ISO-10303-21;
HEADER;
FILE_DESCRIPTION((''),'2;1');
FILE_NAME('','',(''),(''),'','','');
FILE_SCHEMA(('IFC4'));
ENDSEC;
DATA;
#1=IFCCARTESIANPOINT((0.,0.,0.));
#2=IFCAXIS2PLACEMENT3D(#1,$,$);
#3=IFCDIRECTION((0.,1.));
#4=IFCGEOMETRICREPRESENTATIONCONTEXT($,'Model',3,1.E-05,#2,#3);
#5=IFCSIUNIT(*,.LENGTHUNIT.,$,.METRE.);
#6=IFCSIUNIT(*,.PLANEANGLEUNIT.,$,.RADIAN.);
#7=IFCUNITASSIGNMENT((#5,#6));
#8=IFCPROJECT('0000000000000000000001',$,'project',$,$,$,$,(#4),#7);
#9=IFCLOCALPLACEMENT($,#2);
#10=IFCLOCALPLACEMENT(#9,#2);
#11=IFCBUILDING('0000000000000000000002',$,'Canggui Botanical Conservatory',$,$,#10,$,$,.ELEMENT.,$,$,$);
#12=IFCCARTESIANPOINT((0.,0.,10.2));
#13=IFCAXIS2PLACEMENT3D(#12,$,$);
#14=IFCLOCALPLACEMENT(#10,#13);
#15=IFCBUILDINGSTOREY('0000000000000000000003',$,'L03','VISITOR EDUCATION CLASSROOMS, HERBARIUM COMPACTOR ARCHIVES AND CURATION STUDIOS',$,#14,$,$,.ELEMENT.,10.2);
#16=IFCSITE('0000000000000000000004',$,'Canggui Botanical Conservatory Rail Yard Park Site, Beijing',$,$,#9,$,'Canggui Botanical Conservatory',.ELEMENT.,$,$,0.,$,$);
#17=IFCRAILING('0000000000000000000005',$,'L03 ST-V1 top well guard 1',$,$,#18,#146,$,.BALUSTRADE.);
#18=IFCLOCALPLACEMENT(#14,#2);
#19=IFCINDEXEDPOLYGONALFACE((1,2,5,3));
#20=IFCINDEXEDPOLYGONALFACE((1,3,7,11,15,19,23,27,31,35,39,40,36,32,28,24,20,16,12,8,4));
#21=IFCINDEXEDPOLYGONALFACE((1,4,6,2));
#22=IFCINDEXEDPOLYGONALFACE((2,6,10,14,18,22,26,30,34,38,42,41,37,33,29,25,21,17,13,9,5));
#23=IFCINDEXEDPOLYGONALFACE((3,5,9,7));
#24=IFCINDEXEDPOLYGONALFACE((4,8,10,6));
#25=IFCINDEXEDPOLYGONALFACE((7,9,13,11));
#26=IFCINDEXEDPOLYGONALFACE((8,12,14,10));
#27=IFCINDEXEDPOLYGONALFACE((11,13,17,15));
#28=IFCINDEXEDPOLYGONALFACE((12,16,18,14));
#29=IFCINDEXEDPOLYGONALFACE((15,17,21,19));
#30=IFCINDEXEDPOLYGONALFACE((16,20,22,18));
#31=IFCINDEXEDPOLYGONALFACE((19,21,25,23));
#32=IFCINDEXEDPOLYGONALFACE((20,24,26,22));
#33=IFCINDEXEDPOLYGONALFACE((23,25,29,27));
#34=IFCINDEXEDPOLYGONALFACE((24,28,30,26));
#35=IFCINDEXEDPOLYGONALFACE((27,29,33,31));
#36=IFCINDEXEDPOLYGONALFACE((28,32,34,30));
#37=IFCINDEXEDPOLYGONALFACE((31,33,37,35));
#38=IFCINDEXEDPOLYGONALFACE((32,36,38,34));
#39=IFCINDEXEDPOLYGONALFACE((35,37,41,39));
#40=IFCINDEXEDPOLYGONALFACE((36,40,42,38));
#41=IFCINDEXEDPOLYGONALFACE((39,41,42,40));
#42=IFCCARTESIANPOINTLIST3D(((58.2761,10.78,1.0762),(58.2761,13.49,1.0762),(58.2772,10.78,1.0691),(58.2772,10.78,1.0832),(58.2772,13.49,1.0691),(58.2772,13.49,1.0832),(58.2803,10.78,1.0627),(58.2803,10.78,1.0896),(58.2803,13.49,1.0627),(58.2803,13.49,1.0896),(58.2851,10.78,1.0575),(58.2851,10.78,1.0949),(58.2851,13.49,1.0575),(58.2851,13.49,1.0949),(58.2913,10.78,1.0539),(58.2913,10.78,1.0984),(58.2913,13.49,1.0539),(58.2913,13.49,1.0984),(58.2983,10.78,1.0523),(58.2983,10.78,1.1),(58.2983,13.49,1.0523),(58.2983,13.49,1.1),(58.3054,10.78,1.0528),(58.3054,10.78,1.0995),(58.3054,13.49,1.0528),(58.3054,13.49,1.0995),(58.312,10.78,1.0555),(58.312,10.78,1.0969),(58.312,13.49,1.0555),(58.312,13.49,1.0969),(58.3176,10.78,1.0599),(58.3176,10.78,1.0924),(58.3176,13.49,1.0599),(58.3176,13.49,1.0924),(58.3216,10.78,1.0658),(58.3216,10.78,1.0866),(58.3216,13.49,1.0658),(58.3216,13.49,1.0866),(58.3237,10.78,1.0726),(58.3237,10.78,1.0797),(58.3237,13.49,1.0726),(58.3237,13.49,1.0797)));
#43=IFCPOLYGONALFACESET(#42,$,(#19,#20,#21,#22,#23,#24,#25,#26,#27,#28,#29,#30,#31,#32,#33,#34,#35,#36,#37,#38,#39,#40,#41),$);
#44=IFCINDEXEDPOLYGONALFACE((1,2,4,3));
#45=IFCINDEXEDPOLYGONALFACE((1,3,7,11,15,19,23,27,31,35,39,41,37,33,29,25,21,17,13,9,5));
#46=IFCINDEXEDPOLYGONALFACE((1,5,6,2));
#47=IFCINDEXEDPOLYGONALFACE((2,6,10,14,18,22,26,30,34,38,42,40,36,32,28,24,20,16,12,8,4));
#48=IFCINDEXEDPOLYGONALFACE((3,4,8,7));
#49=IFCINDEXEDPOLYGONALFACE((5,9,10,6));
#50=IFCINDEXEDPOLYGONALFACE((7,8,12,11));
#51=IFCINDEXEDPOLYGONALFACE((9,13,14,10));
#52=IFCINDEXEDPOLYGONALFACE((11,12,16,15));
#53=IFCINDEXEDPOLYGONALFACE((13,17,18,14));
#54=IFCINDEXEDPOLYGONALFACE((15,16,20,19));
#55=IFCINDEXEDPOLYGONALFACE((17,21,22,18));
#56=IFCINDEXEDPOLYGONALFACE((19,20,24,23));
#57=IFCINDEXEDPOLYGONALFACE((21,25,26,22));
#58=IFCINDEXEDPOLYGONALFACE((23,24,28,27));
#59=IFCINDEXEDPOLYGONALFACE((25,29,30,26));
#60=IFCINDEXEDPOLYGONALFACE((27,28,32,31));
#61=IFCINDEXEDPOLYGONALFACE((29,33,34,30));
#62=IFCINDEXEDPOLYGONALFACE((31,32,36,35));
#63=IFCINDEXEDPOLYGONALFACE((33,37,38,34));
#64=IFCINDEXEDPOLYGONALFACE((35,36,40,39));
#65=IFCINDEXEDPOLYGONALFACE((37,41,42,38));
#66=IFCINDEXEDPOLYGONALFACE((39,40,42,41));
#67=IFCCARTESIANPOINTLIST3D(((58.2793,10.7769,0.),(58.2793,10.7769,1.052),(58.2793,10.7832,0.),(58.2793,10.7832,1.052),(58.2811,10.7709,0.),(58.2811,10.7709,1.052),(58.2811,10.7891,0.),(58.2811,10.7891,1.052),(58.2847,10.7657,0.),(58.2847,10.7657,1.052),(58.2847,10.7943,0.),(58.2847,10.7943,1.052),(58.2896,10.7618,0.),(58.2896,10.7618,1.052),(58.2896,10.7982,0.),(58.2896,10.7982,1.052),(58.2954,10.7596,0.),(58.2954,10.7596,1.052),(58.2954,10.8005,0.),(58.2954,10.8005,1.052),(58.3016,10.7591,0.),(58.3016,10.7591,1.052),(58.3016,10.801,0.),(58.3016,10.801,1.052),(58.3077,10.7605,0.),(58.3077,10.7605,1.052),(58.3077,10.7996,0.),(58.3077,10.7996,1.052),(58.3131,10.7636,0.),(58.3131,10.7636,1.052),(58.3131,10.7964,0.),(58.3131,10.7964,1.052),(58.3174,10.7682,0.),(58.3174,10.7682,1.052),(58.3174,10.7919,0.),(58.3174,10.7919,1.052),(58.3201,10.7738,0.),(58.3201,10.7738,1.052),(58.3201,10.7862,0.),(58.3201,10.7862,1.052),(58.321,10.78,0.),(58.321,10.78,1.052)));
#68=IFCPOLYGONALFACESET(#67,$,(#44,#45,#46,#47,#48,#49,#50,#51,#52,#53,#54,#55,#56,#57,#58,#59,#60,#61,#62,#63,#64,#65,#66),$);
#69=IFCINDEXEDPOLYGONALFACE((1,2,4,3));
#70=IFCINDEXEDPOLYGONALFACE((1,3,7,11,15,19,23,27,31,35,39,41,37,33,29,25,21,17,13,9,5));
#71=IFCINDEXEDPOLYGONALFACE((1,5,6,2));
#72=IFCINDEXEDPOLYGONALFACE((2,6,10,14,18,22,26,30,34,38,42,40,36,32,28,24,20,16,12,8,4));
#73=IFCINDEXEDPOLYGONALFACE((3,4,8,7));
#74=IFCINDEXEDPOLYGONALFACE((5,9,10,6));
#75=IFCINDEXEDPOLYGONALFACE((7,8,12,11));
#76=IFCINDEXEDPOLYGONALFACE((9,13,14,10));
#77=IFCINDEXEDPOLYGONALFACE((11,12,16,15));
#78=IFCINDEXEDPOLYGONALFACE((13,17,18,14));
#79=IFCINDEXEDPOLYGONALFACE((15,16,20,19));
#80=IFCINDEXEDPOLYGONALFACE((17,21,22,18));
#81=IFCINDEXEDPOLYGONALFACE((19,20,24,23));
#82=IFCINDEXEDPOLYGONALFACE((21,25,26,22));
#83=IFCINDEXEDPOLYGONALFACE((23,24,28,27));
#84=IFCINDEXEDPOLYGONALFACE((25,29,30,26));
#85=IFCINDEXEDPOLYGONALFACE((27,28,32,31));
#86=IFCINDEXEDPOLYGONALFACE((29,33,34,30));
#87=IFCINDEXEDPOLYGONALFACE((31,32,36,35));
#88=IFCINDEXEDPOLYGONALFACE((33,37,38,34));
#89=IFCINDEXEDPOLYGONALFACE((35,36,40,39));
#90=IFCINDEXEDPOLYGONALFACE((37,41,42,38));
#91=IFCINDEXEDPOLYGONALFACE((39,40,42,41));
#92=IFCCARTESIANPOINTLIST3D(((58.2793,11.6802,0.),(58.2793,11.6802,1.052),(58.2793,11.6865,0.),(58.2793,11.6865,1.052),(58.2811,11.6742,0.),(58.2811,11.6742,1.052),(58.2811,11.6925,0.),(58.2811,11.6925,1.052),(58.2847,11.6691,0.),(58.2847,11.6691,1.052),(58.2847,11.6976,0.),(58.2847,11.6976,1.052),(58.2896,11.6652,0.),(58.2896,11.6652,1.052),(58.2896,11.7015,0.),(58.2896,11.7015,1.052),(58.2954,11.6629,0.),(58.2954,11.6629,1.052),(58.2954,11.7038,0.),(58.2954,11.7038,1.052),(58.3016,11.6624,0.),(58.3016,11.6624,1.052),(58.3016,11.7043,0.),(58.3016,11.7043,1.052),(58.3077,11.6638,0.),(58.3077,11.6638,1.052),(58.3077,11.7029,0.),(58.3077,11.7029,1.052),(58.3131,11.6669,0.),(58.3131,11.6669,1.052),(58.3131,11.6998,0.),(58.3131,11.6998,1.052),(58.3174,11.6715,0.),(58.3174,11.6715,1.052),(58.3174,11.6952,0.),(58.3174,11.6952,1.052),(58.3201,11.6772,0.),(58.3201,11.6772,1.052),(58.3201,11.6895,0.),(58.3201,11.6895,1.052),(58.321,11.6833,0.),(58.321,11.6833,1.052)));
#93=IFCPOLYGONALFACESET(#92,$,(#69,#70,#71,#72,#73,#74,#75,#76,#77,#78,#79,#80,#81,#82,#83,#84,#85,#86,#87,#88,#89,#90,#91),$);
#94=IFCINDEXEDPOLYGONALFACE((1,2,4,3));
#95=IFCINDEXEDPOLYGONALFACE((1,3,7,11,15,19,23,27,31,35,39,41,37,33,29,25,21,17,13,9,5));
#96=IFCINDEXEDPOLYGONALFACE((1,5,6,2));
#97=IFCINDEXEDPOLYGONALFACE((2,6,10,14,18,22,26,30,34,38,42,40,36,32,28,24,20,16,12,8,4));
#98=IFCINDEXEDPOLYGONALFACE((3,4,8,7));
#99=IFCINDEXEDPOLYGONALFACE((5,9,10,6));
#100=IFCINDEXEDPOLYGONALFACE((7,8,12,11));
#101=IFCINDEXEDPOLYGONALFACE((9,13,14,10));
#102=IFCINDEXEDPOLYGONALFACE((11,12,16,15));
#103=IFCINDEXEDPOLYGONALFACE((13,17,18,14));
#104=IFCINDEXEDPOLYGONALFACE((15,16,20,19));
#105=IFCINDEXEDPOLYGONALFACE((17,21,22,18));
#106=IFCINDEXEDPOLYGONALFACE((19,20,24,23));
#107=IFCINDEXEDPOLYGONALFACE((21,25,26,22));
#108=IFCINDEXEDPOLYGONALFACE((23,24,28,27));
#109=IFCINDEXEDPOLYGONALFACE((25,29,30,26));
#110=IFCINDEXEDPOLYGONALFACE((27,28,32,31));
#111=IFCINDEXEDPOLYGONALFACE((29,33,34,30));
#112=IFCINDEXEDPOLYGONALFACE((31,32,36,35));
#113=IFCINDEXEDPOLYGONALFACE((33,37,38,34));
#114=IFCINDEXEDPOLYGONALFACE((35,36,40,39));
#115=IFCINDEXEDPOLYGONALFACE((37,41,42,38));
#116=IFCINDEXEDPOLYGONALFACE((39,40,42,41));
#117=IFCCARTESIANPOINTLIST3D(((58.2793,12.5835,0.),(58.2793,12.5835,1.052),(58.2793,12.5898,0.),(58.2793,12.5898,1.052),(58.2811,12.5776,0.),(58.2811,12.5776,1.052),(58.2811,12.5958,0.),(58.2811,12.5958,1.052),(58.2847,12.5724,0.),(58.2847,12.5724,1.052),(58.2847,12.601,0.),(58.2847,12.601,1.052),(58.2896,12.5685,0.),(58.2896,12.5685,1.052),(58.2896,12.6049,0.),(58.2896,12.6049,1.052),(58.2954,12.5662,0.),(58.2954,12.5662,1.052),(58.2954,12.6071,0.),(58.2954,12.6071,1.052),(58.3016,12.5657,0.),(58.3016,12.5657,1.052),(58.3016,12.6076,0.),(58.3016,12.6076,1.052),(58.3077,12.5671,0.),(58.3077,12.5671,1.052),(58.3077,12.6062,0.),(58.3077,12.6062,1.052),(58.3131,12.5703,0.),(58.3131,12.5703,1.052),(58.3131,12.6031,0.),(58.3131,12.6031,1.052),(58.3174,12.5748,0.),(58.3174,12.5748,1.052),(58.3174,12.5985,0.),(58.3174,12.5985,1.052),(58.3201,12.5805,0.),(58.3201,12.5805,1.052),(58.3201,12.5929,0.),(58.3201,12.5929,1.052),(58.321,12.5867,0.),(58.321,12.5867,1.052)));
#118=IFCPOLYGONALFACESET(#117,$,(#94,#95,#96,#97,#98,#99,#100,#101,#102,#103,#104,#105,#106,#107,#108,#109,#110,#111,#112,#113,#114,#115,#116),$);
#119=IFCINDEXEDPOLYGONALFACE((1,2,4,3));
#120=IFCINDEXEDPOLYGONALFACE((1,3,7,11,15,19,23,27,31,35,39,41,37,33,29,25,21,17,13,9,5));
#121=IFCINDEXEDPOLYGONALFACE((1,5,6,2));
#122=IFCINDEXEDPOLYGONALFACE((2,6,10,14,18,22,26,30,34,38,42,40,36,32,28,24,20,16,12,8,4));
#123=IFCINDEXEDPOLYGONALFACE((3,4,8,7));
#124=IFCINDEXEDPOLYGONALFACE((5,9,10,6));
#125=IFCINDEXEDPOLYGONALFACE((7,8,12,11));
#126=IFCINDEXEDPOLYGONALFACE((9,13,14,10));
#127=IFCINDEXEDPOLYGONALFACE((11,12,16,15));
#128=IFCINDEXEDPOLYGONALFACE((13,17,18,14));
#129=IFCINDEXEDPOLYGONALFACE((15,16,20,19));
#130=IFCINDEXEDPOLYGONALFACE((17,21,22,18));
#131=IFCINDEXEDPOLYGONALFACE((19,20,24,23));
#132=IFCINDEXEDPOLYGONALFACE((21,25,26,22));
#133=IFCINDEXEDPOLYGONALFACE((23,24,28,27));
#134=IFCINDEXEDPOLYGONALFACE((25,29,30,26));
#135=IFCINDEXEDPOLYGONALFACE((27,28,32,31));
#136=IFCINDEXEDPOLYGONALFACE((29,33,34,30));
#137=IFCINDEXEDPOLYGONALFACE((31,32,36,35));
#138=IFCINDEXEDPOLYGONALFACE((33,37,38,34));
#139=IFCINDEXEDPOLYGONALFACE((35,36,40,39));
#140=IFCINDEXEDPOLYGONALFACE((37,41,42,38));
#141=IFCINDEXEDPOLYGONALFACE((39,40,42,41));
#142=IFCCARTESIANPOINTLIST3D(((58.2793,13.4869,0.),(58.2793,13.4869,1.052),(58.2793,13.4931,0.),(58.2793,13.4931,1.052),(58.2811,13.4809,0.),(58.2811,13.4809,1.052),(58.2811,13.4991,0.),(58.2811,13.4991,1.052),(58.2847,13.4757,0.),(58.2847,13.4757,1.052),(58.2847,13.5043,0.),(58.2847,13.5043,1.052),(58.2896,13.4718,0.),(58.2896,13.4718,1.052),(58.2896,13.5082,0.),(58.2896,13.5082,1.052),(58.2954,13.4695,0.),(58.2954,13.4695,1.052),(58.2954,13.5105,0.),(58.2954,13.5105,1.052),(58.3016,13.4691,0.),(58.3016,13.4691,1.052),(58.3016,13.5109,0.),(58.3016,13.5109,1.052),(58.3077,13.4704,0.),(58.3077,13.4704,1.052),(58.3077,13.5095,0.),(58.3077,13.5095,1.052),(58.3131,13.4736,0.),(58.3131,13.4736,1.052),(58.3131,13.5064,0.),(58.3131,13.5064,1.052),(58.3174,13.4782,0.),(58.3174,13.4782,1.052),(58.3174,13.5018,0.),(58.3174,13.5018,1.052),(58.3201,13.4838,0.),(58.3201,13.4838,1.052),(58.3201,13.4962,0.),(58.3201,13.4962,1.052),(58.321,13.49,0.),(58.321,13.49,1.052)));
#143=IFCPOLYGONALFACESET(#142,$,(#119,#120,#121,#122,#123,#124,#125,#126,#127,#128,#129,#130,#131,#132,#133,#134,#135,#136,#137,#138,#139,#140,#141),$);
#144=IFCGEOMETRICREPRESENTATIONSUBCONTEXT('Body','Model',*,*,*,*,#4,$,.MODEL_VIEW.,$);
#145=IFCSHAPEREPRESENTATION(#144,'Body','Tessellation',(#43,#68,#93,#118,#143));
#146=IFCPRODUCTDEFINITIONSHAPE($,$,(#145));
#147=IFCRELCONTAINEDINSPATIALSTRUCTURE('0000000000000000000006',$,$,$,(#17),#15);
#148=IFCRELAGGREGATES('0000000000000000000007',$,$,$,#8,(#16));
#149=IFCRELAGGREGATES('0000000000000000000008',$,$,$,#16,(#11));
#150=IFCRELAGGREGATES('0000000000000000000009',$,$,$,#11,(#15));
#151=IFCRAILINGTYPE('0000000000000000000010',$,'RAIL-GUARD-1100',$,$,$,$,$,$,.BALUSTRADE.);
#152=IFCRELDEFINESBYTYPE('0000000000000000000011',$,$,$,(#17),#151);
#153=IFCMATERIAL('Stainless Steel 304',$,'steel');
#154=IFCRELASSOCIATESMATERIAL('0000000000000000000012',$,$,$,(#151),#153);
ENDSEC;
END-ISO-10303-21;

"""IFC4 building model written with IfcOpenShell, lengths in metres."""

from ifc_helpers import new_model, si_unit, direction, frame, origin, origin_2d, place, context, subcontext, project, spatial, circle, extrude, material, type_object, element, save


model = new_model("IFC4")

# Units and contexts
model_context = context("Model", 3, precision=1e-05, world=origin(), true_north=direction((0.0, 1.0)))
body_context = subcontext(model_context, "Body", "Model", "MODEL_VIEW")
ifc_project = project(units=[si_unit("LENGTHUNIT", "METRE"), si_unit("PLANEANGLEUNIT", "RADIAN")], contexts=[model_context])

# Site, building, storey
site_placement = place(None, origin())
site = spatial("IfcSite", under=ifc_project, at=site_placement, Name="Canggui Botanical Conservatory Rail Yard Park Site, Beijing", LongName="Canggui Botanical Conservatory", CompositionType="ELEMENT", RefElevation=0.0)
building_placement = place(site_placement, origin())
building = spatial("IfcBuilding", under=site, at=building_placement, Name="Canggui Botanical Conservatory", CompositionType="ELEMENT")
storey_placement = place(building_placement, frame((0.0, 0.0, 10.2)))
storey = spatial("IfcBuildingStorey", under=building, at=storey_placement, Name="L03", Description="VISITOR EDUCATION CLASSROOMS, HERBARIUM COMPACTOR ARCHIVES AND CURATION STUDIOS", CompositionType="ELEMENT", Elevation=10.2)

# Railing
ifc_material_1 = material(Name="Stainless Steel 304", Category="steel")
railing_type = type_object("IfcRailingType", Name="RAIL-GUARD-1100", PredefinedType="BALUSTRADE", material=ifc_material_1)
railing_placement = place(storey_placement, frame((58.3, 10.78, 0.0)))
element("IfcRailing", 1, at=railing_placement, inside=storey, type_object=railing_type, Name="L03 ST-V1 top well guard 1", PredefinedType="BALUSTRADE", context=body_context, shape_type="SweptSolid", body=[
    extrude(circle(Radius=0.0239, at=origin_2d()), frame((0.0, 0.0, 1.0762), z_axis=(0.0, 1.0, 0.0), x_axis=(-1.0, 0.0, 0.0)), (0.0, 0.0, 1.0), 2.71),
    extrude(circle(Radius=0.021, at=origin_2d()), origin(), (0.0, 0.0, 1.0), 1.052),
    extrude(circle(Radius=0.021, at=origin_2d()), frame((0.0, 0.9033, 0.0)), (0.0, 0.0, 1.0), 1.052),
    extrude(circle(Radius=0.021, at=origin_2d()), frame((0.0, 1.8066, 0.0)), (0.0, 0.0, 1.0), 1.052),
    extrude(circle(Radius=0.021, at=origin_2d()), frame((0.0, 2.71, 0.0)), (0.0, 0.0, 1.0), 1.052),
])

save(model, "model.ifc")
